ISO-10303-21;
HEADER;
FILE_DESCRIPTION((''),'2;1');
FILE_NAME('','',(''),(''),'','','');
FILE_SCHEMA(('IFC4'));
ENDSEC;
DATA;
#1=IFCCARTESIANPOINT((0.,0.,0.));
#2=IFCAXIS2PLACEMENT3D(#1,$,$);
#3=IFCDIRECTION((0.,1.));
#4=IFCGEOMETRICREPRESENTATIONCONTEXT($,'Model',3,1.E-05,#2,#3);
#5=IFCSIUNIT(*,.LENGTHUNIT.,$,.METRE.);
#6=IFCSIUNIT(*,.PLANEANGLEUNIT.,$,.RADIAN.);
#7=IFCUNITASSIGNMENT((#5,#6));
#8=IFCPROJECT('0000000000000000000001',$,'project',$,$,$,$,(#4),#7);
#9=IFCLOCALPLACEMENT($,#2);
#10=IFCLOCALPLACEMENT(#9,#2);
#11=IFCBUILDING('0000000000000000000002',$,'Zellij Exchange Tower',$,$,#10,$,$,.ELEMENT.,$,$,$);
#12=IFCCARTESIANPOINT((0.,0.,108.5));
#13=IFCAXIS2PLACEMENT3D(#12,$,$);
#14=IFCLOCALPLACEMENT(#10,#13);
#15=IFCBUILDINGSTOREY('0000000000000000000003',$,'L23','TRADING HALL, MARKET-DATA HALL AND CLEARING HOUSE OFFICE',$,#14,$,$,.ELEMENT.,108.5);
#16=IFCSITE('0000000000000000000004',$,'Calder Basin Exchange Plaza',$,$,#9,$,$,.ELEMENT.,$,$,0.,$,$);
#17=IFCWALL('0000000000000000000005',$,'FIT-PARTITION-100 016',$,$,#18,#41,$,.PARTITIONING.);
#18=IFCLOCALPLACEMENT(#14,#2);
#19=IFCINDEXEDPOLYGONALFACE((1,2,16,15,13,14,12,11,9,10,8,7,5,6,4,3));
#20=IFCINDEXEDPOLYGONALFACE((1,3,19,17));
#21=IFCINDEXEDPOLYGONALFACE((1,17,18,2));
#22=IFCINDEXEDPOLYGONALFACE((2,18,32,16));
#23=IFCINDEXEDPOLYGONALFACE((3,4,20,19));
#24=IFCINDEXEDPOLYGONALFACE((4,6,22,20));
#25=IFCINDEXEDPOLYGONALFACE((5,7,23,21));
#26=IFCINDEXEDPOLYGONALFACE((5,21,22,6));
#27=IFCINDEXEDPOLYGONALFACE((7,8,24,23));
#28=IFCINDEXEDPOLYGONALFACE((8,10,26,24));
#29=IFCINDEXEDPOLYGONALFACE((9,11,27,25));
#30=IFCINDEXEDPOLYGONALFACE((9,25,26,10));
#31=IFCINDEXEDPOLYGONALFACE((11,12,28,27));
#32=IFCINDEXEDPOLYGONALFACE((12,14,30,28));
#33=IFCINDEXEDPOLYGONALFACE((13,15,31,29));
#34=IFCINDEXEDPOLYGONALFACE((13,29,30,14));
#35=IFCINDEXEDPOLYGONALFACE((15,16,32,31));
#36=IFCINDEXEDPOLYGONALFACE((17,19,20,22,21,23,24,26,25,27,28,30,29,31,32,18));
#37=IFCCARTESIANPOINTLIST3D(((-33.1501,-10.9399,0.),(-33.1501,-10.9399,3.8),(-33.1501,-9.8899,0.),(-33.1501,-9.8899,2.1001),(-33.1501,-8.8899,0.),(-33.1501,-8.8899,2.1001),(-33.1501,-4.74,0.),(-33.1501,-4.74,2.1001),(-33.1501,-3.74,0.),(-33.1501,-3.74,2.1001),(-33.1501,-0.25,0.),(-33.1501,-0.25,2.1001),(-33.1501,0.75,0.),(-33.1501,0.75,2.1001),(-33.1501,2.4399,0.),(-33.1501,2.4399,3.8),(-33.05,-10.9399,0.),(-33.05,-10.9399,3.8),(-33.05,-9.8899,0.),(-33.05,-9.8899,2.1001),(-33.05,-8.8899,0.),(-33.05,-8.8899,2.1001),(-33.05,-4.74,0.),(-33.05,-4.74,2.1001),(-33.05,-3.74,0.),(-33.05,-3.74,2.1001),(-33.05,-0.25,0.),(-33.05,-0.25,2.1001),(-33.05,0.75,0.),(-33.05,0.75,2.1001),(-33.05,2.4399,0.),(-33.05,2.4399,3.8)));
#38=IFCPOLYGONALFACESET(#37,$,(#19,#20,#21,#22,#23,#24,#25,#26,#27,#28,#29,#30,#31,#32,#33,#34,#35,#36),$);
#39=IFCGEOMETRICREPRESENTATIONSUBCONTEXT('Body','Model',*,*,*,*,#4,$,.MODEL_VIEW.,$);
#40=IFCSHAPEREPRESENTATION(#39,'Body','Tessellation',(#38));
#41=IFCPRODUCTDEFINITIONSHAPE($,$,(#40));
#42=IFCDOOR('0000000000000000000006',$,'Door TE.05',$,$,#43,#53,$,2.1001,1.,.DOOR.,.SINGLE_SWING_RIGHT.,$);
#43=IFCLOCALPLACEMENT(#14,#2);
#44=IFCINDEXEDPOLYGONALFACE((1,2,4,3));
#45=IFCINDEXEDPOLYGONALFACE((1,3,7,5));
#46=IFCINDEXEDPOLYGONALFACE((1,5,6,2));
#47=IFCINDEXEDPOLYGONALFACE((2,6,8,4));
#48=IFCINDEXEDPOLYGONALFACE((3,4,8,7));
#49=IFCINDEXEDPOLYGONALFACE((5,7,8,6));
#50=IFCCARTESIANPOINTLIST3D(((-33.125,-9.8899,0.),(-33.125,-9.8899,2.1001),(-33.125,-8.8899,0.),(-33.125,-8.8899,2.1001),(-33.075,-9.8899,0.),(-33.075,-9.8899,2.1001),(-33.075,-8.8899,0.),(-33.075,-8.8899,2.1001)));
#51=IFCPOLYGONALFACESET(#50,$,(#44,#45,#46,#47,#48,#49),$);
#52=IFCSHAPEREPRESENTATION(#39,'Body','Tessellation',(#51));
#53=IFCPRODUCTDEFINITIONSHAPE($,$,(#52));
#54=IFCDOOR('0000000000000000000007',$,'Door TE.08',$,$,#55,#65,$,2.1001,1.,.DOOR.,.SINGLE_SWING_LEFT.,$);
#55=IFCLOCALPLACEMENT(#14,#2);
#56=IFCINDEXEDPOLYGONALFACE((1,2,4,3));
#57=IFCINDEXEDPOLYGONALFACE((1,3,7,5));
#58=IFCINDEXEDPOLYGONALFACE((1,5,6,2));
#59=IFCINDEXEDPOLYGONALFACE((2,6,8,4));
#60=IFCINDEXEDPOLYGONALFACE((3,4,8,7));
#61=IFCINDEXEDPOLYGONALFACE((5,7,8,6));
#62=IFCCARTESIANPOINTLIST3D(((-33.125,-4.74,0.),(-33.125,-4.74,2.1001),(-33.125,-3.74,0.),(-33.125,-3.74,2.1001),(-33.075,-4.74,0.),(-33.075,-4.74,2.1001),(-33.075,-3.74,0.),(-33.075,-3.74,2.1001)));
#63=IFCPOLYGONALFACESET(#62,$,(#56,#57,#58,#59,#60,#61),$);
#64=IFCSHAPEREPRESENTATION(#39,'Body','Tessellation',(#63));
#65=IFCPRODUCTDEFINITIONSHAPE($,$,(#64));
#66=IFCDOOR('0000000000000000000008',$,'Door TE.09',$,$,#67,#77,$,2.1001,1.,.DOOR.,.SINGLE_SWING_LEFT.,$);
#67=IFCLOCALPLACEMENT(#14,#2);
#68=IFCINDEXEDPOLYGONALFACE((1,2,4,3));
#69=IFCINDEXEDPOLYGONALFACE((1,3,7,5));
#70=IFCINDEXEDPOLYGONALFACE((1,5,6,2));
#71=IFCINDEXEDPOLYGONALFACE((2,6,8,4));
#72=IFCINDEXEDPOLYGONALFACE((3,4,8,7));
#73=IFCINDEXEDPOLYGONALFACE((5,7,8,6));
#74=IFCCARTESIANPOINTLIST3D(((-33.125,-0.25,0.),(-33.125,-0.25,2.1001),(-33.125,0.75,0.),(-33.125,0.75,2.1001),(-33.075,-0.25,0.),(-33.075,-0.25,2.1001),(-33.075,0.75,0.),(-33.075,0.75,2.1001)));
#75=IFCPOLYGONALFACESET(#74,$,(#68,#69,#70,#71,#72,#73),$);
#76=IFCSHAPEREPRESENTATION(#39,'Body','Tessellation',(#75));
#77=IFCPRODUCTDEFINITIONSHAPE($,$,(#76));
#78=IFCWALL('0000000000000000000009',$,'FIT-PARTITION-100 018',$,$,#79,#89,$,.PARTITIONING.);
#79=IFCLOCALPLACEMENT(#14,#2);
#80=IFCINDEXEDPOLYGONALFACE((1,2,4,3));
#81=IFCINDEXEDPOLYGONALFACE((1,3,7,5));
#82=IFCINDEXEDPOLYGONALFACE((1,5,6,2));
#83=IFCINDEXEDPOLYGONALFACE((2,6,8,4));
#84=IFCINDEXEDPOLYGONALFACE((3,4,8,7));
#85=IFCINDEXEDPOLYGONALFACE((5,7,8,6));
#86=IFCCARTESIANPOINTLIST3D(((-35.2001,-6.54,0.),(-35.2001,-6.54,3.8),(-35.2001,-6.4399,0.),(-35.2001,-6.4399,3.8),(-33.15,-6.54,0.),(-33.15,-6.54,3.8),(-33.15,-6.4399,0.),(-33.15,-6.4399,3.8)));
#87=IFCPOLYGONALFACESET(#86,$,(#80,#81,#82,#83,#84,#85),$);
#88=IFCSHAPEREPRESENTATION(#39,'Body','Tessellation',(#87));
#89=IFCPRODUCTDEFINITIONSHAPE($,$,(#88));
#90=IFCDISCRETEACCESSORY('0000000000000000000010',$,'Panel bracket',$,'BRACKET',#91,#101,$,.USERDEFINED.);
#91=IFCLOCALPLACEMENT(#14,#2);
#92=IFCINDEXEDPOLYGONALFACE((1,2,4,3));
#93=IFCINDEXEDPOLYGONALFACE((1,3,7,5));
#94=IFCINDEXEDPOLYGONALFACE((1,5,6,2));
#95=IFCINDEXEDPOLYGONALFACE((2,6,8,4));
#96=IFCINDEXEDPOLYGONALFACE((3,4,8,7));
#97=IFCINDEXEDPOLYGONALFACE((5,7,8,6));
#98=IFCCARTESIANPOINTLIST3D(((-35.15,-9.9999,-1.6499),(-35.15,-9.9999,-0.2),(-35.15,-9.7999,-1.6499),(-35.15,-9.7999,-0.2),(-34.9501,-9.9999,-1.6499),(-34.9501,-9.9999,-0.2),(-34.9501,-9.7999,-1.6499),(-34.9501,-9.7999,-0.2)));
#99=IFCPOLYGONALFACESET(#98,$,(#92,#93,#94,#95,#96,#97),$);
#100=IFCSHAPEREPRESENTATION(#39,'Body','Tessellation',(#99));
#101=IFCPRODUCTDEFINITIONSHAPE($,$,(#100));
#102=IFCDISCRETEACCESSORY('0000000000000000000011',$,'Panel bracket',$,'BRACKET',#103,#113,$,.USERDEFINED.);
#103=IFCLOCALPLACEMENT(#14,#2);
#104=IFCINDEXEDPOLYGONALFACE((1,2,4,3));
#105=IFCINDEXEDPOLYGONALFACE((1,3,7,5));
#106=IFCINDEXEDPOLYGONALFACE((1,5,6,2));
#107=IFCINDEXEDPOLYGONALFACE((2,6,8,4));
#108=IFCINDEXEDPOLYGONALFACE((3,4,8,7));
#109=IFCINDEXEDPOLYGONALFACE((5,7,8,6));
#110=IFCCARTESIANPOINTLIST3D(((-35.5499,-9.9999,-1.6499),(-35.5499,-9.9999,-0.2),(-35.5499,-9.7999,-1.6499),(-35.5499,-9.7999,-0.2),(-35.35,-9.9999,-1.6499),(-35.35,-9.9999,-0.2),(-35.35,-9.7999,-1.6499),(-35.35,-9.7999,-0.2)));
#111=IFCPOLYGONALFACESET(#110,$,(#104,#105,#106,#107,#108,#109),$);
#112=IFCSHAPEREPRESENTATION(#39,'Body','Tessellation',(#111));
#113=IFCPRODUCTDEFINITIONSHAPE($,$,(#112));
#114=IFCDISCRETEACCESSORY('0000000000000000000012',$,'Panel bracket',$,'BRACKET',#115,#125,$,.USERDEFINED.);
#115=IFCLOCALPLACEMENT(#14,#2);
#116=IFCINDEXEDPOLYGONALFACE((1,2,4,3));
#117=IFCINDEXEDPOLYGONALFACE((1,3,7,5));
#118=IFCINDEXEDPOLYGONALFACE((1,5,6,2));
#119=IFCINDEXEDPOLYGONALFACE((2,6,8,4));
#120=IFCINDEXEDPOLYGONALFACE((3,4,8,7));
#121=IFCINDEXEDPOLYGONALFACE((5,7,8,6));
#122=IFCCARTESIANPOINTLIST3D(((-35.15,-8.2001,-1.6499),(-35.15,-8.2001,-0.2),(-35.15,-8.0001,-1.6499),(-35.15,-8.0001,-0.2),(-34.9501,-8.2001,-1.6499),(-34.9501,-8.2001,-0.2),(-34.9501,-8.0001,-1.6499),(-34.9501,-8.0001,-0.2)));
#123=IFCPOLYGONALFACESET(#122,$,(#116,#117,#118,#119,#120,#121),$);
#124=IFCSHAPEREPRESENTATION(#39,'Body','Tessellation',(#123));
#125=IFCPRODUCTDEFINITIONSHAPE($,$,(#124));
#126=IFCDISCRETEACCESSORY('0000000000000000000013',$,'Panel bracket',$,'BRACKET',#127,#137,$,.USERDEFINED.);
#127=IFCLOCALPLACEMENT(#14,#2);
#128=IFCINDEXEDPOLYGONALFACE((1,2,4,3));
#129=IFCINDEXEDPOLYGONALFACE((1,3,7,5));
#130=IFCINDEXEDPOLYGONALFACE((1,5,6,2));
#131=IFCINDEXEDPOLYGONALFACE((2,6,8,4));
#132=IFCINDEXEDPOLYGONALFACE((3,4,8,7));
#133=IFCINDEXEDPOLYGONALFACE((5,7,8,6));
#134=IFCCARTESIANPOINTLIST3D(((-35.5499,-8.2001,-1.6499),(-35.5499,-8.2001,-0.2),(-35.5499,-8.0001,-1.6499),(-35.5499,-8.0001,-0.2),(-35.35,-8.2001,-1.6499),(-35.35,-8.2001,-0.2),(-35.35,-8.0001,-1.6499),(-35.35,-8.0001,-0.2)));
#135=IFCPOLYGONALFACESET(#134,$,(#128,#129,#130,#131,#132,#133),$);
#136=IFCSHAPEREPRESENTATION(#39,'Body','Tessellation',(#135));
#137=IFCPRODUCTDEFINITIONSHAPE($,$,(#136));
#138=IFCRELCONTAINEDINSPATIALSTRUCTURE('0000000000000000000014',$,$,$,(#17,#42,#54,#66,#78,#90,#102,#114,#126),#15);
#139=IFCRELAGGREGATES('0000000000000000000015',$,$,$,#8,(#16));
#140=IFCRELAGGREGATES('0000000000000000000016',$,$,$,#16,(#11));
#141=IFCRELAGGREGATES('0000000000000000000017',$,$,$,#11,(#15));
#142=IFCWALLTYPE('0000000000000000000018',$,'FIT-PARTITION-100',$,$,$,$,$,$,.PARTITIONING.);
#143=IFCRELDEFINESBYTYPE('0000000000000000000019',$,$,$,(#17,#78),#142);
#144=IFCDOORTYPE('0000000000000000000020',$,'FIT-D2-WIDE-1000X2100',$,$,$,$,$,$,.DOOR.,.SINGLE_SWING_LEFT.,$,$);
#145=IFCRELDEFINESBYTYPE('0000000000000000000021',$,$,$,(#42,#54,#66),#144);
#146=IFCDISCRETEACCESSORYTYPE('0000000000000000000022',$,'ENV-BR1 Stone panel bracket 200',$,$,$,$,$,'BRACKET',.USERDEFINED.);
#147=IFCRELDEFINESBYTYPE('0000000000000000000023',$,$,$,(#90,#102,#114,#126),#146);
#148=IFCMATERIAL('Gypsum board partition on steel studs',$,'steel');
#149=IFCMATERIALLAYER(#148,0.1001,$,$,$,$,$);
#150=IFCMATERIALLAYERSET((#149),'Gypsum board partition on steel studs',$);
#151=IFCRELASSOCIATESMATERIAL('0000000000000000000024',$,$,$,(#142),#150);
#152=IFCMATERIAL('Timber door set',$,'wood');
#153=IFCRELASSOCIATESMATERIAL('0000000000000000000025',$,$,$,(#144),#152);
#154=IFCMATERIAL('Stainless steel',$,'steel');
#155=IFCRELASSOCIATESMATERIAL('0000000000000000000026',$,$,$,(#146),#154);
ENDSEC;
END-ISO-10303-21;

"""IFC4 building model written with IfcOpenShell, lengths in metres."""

from ifc_helpers import new_model, si_unit, direction, frame, frame_2d, origin, origin_2d, place, context, subcontext, project, spatial, rectangle, extrude, material, layer, layer_set, type_object, element, fill, save


model = new_model("IFC4")

# Units and contexts
model_context = context("Model", 3, precision=1e-05, world=origin(), true_north=direction((0.0, 1.0)))
body_context = subcontext(model_context, "Body", "Model", "MODEL_VIEW")
ifc_project = project(units=[si_unit("LENGTHUNIT", "METRE"), si_unit("PLANEANGLEUNIT", "RADIAN")], contexts=[model_context])

# Site, building, storey
site_placement = place(None, origin())
site = spatial("IfcSite", under=ifc_project, at=site_placement, Name="Calder Basin Exchange Plaza", CompositionType="ELEMENT", RefElevation=0.0)
building_placement = place(site_placement, origin())
building = spatial("IfcBuilding", under=site, at=building_placement, Name="Zellij Exchange Tower", CompositionType="ELEMENT")
storey_placement = place(building_placement, frame((0.0, 0.0, 108.5)))
storey = spatial("IfcBuildingStorey", under=building, at=storey_placement, Name="L23", Description="TRADING HALL, MARKET-DATA HALL AND CLEARING HOUSE OFFICE", CompositionType="ELEMENT", Elevation=108.5)

# Shared definitions
ifc_material_1 = material(Name="Gypsum board partition on steel studs", Category="steel")
ifc_layer = layer(ifc_material_1, 0.1001)
ifc_layer_set = layer_set([ifc_layer], Name="Gypsum board partition on steel studs")
wall_type = type_object("IfcWallType", Name="FIT-PARTITION-100", PredefinedType="PARTITIONING", material=ifc_layer_set)

# Wall, openings, doors
wall_1_placement = place(storey_placement, frame((-33.1001, -10.9399, 0.0), z_axis=(0.0, 0.0, 1.0), x_axis=(0.0, 1.0, 0.0)))
wall_1 = element("IfcWall", 1, at=wall_1_placement, inside=storey, type_object=wall_type, Name="FIT-PARTITION-100 016", PredefinedType="PARTITIONING", context=body_context, shape_type="SweptSolid", body=[
    extrude(rectangle(XDim=13.3799, YDim=0.1001, at=frame_2d((6.6899, 0.0))), origin(), (0.0, 0.0, 1.0), 3.8),
])
opening_1_placement = place(wall_1_placement, frame((1.05, 0.0, 0.0)))
opening_1 = element("IfcOpeningElement", 2, at=opening_1_placement, cuts=wall_1, PredefinedType="OPENING", context=body_context, shape_type="SweptSolid", body=[
    extrude(rectangle(XDim=1.0, YDim=2.1001, at=frame_2d((0.5, 1.05))), frame((0.0, 0.062, 0.0), z_axis=(0.0, -1.0, 0.0), x_axis=(1.0, 0.0, 0.0)), (0.0, 0.0, 1.0), 0.124),
])
opening_2_placement = place(wall_1_placement, frame((6.2, 0.0, 0.0)))
opening_2 = element("IfcOpeningElement", 3, at=opening_2_placement, cuts=wall_1, PredefinedType="OPENING", context=body_context, shape_type="SweptSolid", body=[
    extrude(rectangle(XDim=1.0, YDim=2.1001, at=frame_2d((0.5, 1.05))), frame((0.0, 0.062, 0.0), z_axis=(0.0, -1.0, 0.0), x_axis=(1.0, 0.0, 0.0)), (0.0, 0.0, 1.0), 0.124),
])
opening_3_placement = place(wall_1_placement, frame((10.6899, 0.0, 0.0)))
opening_3 = element("IfcOpeningElement", 4, at=opening_3_placement, cuts=wall_1, PredefinedType="OPENING", context=body_context, shape_type="SweptSolid", body=[
    extrude(rectangle(XDim=1.0, YDim=2.1001, at=frame_2d((0.5, 1.05))), frame((0.0, 0.062, 0.0), z_axis=(0.0, -1.0, 0.0), x_axis=(1.0, 0.0, 0.0)), (0.0, 0.0, 1.0), 0.124),
])
ifc_material_2 = material(Name="Timber door set", Category="wood")
door_type = type_object("IfcDoorType", Name="FIT-D2-WIDE-1000X2100", OperationType="SINGLE_SWING_LEFT", PredefinedType="DOOR", material=ifc_material_2)
door_1_placement = place(opening_1_placement, origin())
door_1 = element("IfcDoor", 5, at=door_1_placement, inside=storey, type_object=door_type, Name="Door TE.05", OperationType="SINGLE_SWING_RIGHT", OverallHeight=2.1001, OverallWidth=1.0, PredefinedType="DOOR", context=body_context, shape_type="SweptSolid", body=[
    extrude(rectangle(XDim=1.0, YDim=2.1001, at=frame_2d((0.5, 1.05))), frame((0.0, 0.0249, 0.0), z_axis=(0.0, -1.0, 0.0), x_axis=(1.0, 0.0, 0.0)), (0.0, 0.0, 1.0), 0.05),
])
fill(opening_1, door_1)
door_2_placement = place(opening_2_placement, origin())
door_2 = element("IfcDoor", 6, at=door_2_placement, inside=storey, type_object=door_type, Name="Door TE.08", OperationType="SINGLE_SWING_LEFT", OverallHeight=2.1001, OverallWidth=1.0, PredefinedType="DOOR", context=body_context, shape_type="SweptSolid", body=[
    extrude(rectangle(XDim=1.0, YDim=2.1001, at=frame_2d((0.5, 1.05))), frame((0.0, 0.0249, 0.0), z_axis=(0.0, -1.0, 0.0), x_axis=(1.0, 0.0, 0.0)), (0.0, 0.0, 1.0), 0.05),
])
fill(opening_2, door_2)
door_3_placement = place(opening_3_placement, origin())
door_3 = element("IfcDoor", 7, at=door_3_placement, inside=storey, type_object=door_type, Name="Door TE.09", OperationType="SINGLE_SWING_LEFT", OverallHeight=2.1001, OverallWidth=1.0, PredefinedType="DOOR", context=body_context, shape_type="SweptSolid", body=[
    extrude(rectangle(XDim=1.0, YDim=2.1001, at=frame_2d((0.5, 1.05))), frame((0.0, 0.0249, 0.0), z_axis=(0.0, -1.0, 0.0), x_axis=(1.0, 0.0, 0.0)), (0.0, 0.0, 1.0), 0.05),
])
fill(opening_3, door_3)

# Wall
wall_2_placement = place(storey_placement, frame((-35.2, -6.49, 0.0), z_axis=(0.0, 0.0, 1.0), x_axis=(1.0, 0.0, 0.0)))
element("IfcWall", 8, at=wall_2_placement, inside=storey, type_object=wall_type, Name="FIT-PARTITION-100 018", PredefinedType="PARTITIONING", context=body_context, shape_type="SweptSolid", body=[
    extrude(rectangle(XDim=2.05, YDim=0.1001, at=frame_2d((1.0249, 0.0))), origin(), (0.0, 0.0, 1.0), 3.8),
])

# Discrete accessories
ifc_material_3 = material(Name="Stainless steel", Category="steel")
discrete_accessory_type = type_object("IfcDiscreteAccessoryType", Name="ENV-BR1 Stone panel bracket 200", ElementType="BRACKET", PredefinedType="USERDEFINED", material=ifc_material_3)
for number, where, z_axis, x_axis, name in (
    (9, (-35.05, -9.8999, -1.6499), (0.0, 0.0, 1.0), (1.0, 0.0, 0.0), "Panel bracket"),
    (10, (-35.45, -9.8999, -1.6499), (0.0, 0.0, 1.0), (1.0, 0.0, 0.0), "Panel bracket"),
    (11, (-35.05, -8.1001, -1.6499), (0.0, 0.0, 1.0), (1.0, 0.0, 0.0), "Panel bracket"),
    (12, (-35.45, -8.1001, -1.6499), (0.0, 0.0, 1.0), (1.0, 0.0, 0.0), "Panel bracket"),
):
    element("IfcDiscreteAccessory", number, at=place(storey_placement, frame(where, z_axis=z_axis, x_axis=x_axis)), inside=storey, type_object=discrete_accessory_type, Name=name, ObjectType="BRACKET", PredefinedType="USERDEFINED", context=body_context, shape_type="SweptSolid", body=[
        extrude(rectangle(XDim=0.2, YDim=0.2, at=origin_2d()), origin(), (0.0, 0.0, 1.0), 1.45),
    ])

save(model, "model.ifc")
